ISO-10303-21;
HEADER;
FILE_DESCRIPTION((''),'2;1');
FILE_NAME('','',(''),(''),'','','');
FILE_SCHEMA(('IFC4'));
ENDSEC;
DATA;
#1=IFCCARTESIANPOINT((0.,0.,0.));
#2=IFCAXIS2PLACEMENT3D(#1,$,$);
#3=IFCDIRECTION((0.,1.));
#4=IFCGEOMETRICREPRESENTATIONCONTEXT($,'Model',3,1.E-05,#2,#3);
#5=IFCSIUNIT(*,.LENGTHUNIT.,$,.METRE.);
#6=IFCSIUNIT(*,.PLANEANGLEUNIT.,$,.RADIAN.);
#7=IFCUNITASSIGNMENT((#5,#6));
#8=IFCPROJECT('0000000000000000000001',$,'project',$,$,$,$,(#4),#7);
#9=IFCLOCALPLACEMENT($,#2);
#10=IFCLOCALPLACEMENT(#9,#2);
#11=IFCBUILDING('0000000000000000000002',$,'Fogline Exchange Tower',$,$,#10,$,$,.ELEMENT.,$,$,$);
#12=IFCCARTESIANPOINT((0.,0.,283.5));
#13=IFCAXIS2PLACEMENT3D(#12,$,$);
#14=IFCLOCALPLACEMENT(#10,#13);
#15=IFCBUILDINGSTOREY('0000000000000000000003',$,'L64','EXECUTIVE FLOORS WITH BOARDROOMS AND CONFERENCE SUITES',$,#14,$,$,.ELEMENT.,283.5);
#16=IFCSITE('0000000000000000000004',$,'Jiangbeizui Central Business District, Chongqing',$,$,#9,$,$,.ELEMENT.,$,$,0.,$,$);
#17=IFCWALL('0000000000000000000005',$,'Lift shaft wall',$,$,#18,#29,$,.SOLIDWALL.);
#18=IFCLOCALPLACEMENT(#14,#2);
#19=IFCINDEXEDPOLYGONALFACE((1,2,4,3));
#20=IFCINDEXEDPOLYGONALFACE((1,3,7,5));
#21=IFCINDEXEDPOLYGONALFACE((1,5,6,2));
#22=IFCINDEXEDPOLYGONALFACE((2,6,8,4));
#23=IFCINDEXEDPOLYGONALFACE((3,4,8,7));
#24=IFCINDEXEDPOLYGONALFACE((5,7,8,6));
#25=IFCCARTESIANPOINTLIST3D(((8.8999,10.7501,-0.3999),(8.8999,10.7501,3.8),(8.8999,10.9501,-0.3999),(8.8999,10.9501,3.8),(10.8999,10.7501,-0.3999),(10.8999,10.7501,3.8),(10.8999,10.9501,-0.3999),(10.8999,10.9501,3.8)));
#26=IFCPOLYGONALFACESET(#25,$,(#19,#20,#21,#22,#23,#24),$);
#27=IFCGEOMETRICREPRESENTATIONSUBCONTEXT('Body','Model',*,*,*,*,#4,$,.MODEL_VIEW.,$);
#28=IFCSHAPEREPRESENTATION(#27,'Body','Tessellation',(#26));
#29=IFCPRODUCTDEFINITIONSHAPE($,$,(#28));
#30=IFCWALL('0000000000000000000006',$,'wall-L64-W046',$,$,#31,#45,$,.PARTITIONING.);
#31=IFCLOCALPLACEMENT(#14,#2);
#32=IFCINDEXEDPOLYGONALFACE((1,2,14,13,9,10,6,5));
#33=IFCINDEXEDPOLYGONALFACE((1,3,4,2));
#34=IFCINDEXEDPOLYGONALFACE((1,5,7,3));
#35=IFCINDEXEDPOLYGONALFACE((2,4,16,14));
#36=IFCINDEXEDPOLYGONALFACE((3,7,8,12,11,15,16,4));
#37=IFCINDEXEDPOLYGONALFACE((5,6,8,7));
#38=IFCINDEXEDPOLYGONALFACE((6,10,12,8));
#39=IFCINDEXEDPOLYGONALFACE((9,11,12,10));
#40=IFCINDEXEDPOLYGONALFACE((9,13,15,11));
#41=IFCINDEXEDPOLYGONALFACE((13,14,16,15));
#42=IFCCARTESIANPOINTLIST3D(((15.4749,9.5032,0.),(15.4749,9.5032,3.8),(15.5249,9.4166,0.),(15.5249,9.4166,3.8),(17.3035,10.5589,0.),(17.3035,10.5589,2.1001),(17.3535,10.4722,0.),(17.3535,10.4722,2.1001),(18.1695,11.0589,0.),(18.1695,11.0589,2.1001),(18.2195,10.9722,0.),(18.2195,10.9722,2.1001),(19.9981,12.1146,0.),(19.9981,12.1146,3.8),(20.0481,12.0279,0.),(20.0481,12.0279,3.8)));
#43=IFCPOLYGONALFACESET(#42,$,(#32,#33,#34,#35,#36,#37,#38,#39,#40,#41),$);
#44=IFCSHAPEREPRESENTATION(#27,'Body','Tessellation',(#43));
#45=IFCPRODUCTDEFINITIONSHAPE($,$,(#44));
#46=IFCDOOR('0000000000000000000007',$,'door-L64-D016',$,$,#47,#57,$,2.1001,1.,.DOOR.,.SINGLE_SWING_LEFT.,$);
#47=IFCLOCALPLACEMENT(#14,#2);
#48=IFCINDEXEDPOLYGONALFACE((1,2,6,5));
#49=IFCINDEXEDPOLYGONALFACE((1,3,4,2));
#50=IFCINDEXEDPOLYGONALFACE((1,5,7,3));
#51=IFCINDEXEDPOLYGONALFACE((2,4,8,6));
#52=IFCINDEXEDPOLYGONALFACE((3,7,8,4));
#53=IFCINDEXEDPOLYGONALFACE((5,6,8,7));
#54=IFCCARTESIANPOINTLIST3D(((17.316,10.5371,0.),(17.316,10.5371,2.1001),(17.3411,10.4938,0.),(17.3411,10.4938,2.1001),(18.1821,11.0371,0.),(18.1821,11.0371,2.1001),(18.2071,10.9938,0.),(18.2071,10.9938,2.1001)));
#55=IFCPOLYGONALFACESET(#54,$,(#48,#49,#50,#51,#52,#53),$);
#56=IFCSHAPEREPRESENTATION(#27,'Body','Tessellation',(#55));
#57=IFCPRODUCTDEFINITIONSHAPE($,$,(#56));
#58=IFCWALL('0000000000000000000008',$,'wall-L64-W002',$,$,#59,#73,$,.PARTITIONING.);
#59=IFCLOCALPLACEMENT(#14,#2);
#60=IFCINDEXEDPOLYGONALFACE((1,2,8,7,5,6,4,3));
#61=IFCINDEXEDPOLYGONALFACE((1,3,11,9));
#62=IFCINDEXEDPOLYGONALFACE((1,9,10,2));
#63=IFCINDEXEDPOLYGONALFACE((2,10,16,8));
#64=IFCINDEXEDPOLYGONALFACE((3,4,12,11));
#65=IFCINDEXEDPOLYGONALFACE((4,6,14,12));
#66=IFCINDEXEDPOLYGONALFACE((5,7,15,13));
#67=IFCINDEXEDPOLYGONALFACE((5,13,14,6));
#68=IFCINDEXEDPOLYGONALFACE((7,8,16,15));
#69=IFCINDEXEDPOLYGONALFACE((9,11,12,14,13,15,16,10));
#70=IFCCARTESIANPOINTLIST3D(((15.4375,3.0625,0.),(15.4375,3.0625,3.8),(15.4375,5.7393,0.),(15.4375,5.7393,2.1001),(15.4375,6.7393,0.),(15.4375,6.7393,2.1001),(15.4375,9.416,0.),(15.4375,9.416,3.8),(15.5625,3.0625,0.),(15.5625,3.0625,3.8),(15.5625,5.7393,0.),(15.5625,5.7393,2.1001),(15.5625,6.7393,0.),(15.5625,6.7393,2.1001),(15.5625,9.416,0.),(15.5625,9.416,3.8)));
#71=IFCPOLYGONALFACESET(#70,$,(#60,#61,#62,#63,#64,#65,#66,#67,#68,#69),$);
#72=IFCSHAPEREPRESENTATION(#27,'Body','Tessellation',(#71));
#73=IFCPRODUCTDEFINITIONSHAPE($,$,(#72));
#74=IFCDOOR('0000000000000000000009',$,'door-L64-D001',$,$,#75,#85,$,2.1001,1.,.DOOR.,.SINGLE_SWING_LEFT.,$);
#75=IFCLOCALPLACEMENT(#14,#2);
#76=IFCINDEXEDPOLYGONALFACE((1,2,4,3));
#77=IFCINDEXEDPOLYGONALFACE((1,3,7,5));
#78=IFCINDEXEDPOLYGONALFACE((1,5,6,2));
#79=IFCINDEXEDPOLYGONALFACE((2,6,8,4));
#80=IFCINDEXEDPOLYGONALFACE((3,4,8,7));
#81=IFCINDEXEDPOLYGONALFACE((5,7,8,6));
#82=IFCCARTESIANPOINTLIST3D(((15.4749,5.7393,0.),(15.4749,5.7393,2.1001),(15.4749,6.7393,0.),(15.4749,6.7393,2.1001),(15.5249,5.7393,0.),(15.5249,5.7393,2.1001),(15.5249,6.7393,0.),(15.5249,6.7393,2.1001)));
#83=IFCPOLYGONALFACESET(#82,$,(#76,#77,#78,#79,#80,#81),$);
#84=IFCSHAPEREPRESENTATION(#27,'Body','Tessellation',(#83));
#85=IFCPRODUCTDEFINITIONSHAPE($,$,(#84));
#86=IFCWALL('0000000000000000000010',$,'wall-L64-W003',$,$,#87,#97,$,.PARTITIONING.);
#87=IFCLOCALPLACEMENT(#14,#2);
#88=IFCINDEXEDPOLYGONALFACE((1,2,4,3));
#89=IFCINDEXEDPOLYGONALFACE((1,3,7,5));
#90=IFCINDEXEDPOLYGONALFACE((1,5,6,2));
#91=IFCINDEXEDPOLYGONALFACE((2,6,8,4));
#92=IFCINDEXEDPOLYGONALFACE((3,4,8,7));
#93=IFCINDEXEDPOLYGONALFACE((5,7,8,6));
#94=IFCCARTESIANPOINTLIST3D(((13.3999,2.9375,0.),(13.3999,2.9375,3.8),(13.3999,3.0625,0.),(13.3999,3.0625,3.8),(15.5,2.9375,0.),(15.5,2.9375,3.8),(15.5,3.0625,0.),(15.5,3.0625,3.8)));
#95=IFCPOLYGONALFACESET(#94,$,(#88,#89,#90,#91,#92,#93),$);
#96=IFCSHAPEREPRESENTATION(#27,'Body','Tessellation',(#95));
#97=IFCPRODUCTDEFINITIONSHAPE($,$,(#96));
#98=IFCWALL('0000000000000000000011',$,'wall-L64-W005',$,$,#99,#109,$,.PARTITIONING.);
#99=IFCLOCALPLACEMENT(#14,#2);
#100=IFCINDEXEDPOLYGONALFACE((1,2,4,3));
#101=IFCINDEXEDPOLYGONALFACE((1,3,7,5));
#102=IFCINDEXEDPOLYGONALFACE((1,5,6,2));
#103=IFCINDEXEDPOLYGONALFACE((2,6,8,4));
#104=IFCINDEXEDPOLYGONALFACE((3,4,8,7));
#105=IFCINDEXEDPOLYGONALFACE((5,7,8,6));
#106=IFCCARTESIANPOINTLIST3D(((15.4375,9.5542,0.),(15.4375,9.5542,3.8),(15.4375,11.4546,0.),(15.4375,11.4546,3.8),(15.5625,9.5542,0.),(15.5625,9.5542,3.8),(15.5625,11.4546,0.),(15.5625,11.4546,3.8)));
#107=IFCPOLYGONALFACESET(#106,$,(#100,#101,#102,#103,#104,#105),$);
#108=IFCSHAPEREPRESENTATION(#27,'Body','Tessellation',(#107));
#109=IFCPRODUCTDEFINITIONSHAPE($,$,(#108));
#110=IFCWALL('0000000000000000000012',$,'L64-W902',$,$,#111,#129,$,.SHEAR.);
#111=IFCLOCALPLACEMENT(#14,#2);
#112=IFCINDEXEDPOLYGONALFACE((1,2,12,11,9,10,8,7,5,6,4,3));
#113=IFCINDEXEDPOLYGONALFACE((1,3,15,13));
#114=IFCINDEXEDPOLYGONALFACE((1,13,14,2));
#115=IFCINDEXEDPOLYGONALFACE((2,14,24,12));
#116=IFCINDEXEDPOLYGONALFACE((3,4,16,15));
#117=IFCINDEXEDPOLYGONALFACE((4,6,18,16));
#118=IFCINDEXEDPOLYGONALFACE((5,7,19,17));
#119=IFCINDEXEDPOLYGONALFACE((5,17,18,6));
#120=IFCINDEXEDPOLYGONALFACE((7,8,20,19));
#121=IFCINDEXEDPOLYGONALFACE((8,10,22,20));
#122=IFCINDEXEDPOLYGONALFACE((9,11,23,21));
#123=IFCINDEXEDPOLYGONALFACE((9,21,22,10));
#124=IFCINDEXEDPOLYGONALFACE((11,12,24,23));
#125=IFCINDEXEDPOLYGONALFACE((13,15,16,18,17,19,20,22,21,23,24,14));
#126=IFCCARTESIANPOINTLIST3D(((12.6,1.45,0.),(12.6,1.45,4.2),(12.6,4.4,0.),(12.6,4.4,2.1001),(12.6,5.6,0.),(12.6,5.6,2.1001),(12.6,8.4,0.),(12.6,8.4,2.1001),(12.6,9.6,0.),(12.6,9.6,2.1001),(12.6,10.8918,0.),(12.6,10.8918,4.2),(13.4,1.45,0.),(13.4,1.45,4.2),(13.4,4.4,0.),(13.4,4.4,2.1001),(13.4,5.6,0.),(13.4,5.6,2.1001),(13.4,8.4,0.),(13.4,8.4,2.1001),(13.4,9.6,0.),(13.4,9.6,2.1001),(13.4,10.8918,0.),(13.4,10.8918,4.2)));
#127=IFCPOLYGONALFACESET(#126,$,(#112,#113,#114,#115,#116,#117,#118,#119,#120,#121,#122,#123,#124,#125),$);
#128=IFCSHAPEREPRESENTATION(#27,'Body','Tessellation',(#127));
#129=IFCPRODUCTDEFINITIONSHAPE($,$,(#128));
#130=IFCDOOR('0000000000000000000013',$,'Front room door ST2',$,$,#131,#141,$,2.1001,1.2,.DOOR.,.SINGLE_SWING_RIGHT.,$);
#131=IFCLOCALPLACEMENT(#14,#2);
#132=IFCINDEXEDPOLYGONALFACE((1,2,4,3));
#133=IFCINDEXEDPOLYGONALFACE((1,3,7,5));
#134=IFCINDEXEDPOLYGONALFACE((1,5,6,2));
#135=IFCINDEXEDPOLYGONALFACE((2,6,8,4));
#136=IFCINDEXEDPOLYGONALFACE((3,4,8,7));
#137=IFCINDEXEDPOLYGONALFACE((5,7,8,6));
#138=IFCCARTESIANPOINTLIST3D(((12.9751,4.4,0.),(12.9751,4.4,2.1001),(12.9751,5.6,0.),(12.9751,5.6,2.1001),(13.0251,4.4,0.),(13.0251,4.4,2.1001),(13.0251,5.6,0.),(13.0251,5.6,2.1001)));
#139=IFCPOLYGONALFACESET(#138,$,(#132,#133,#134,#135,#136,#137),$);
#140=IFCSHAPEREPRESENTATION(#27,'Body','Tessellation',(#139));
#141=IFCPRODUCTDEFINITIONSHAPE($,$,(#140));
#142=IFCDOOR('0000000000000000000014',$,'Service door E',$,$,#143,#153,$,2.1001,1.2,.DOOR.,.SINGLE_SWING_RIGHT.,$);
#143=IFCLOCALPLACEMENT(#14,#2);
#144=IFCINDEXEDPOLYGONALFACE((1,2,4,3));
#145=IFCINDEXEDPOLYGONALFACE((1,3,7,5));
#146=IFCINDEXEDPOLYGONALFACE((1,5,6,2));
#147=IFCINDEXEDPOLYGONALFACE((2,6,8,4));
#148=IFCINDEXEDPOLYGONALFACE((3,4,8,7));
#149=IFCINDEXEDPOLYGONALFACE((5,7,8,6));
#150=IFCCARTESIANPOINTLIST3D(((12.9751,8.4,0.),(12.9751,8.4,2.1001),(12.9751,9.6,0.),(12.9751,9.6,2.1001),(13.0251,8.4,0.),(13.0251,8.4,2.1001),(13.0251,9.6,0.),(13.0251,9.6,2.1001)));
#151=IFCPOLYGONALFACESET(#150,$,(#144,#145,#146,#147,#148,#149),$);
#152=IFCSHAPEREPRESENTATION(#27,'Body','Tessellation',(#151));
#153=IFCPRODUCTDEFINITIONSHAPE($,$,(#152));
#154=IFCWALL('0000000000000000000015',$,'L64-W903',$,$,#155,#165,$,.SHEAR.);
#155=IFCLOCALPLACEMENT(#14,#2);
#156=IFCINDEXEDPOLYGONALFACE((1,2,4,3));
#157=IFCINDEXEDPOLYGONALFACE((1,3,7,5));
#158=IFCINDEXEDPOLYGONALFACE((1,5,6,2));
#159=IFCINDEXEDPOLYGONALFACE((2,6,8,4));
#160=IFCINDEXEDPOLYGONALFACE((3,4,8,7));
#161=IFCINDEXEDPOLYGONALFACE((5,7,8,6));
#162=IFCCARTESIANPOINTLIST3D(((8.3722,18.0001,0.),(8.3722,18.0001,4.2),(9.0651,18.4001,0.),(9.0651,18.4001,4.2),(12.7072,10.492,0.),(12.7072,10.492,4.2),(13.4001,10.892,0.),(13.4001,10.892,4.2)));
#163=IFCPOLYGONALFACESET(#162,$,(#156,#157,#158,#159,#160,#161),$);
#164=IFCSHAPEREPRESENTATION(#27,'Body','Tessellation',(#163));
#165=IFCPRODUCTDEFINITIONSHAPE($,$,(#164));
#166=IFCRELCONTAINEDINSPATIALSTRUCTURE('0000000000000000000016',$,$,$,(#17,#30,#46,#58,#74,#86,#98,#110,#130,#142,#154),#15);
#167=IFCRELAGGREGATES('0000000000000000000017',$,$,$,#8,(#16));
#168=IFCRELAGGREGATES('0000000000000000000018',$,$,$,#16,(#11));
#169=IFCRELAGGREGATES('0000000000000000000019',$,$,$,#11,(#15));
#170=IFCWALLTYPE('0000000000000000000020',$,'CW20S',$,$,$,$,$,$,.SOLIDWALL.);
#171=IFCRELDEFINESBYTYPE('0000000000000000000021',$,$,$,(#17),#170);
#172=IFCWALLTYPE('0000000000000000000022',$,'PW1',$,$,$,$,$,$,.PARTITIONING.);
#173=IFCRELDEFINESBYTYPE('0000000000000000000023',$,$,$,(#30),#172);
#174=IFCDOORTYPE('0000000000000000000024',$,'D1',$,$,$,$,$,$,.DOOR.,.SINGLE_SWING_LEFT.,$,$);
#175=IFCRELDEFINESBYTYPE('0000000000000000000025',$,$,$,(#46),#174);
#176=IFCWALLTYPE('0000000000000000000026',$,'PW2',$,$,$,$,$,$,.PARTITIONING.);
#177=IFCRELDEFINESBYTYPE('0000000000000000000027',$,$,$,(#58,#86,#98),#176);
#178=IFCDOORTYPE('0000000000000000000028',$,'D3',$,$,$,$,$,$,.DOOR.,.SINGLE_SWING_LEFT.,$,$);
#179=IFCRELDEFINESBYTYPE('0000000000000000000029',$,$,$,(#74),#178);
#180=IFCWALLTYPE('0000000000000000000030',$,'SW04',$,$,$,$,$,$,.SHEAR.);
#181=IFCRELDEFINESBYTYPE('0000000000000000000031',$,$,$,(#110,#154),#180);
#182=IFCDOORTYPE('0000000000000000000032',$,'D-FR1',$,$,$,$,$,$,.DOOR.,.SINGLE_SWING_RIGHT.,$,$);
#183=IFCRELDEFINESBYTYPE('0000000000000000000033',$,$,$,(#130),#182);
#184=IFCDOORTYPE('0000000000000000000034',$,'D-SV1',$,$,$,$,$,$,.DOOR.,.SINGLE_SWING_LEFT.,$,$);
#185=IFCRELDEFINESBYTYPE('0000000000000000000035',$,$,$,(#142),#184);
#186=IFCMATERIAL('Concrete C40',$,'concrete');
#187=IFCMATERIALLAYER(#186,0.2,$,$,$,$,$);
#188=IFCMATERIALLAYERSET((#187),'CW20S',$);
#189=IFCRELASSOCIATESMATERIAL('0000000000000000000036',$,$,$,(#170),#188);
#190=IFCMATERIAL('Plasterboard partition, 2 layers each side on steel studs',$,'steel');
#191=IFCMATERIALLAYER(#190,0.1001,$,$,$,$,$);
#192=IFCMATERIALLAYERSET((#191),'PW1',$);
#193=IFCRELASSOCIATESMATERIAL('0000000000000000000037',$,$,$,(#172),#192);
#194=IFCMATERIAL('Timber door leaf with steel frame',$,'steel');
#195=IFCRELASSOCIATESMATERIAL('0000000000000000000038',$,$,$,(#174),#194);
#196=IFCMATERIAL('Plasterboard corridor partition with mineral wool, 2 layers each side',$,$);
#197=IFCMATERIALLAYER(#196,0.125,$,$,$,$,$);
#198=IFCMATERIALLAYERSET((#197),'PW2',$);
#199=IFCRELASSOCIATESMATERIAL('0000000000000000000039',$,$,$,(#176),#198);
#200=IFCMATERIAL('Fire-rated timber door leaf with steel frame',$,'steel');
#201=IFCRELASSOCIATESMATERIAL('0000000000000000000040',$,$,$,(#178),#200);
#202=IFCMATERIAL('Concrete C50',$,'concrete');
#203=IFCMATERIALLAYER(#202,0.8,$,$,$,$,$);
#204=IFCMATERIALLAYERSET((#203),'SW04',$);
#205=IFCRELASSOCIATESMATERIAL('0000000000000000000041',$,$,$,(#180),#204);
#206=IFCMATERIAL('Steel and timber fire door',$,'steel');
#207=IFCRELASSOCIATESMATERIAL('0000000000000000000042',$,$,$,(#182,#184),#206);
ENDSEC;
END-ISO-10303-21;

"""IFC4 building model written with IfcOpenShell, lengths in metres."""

from ifc_helpers import new_model, si_unit, direction, frame, frame_2d, origin, place, context, subcontext, project, spatial, rectangle, extrude, material, layer, layer_set, type_object, element, fill, save


model = new_model("IFC4")

# Units and contexts
model_context = context("Model", 3, precision=1e-05, world=origin(), true_north=direction((0.0, 1.0)))
body_context = subcontext(model_context, "Body", "Model", "MODEL_VIEW")
ifc_project = project(units=[si_unit("LENGTHUNIT", "METRE"), si_unit("PLANEANGLEUNIT", "RADIAN")], contexts=[model_context])

# Site, building, storey
site_placement = place(None, origin())
site = spatial("IfcSite", under=ifc_project, at=site_placement, Name="Jiangbeizui Central Business District, Chongqing", CompositionType="ELEMENT", RefElevation=0.0)
building_placement = place(site_placement, origin())
building = spatial("IfcBuilding", under=site, at=building_placement, Name="Fogline Exchange Tower", CompositionType="ELEMENT")
storey_placement = place(building_placement, frame((0.0, 0.0, 283.5)))
storey = spatial("IfcBuildingStorey", under=building, at=storey_placement, Name="L64", Description="EXECUTIVE FLOORS WITH BOARDROOMS AND CONFERENCE SUITES", CompositionType="ELEMENT", Elevation=283.5)

# Shared definitions
ifc_material_1 = material(Name="Concrete C40", Category="concrete")

# Shared definitions
ifc_material_2 = material(Name="Steel and timber fire door", Category="steel")

# Shared definitions
ifc_layer_1 = layer(ifc_material_1, 0.2)
ifc_layer_set_1 = layer_set([ifc_layer_1], Name="CW20S")
wall_type_1 = type_object("IfcWallType", Name="CW20S", PredefinedType="SOLIDWALL", material=ifc_layer_set_1)

# Wall
for number, where, z_axis, x_axis, name in (
    (1, (8.8999, 10.8501, -0.3999), (0.0, 0.0, 1.0), (1.0, 0.0, 0.0), "Lift shaft wall"),
):
    element("IfcWall", number, at=place(storey_placement, frame(where, z_axis=z_axis, x_axis=x_axis)), inside=storey, type_object=wall_type_1, Name=name, PredefinedType="SOLIDWALL", context=body_context, shape_type="SweptSolid", body=[
        extrude(rectangle(XDim=2.0, YDim=0.2, at=frame_2d((1.0, 0.0))), origin(), (0.0, 0.0, 1.0), 4.2),
    ])

# Walls, openings, doors
ifc_material_3 = material(Name="Plasterboard partition, 2 layers each side on steel studs", Category="steel")
ifc_layer_2 = layer(ifc_material_3, 0.1001)
ifc_layer_set_2 = layer_set([ifc_layer_2], Name="PW1")
wall_type_2 = type_object("IfcWallType", Name="PW1", PredefinedType="PARTITIONING", material=ifc_layer_set_2)
wall_1_placement = place(storey_placement, frame((15.5, 9.46, 0.0), z_axis=(0.0, 0.0, 1.0), x_axis=(0.866037, 0.49998, 0.0)))
wall_1 = element("IfcWall", 2, at=wall_1_placement, inside=storey, type_object=wall_type_2, Name="wall-L64-W046", PredefinedType="PARTITIONING", context=body_context, shape_type="SweptSolid", body=[
    extrude(rectangle(XDim=5.2229, YDim=0.1001, at=frame_2d((2.6113, 0.0))), origin(), (0.0, 0.0, 1.0), 3.8),
])
opening_1_placement = place(wall_1_placement, frame((2.1113, 0.0, 0.0)))
opening_1 = element("IfcOpeningElement", 3, at=opening_1_placement, cuts=wall_1, PredefinedType="OPENING", context=body_context, shape_type="SweptSolid", body=[
    extrude(rectangle(XDim=1.0, YDim=2.1001, at=frame_2d((0.5, 1.05))), frame((0.0, 0.0601, 0.0), z_axis=(0.0, -1.0, 0.0), x_axis=(1.0, 0.0, 0.0)), (0.0, 0.0, 1.0), 0.1201),
])
ifc_material_4 = material(Name="Timber door leaf with steel frame", Category="steel")
door_type_1 = type_object("IfcDoorType", Name="D1", OperationType="SINGLE_SWING_LEFT", PredefinedType="DOOR", material=ifc_material_4)
door_1_placement = place(opening_1_placement, origin())
door_1 = element("IfcDoor", 4, at=door_1_placement, inside=storey, type_object=door_type_1, Name="door-L64-D016", OperationType="SINGLE_SWING_LEFT", OverallHeight=2.1001, OverallWidth=1.0, PredefinedType="DOOR", context=body_context, shape_type="SweptSolid", body=[
    extrude(rectangle(XDim=1.0, YDim=2.1001, at=frame_2d((0.5, 1.05))), frame((0.0, 0.0249, 0.0), z_axis=(0.0, -1.0, 0.0), x_axis=(1.0, 0.0, 0.0)), (0.0, 0.0, 1.0), 0.05),
])
fill(opening_1, door_1)
ifc_material_5 = material(Name="Plasterboard corridor partition with mineral wool, 2 layers each side")
ifc_layer_3 = layer(ifc_material_5, 0.125)
ifc_layer_set_3 = layer_set([ifc_layer_3], Name="PW2")
wall_type_3 = type_object("IfcWallType", Name="PW2", PredefinedType="PARTITIONING", material=ifc_layer_set_3)
wall_2_placement = place(storey_placement, frame((15.5, 9.416, 0.0), z_axis=(0.0, 0.0, 1.0), x_axis=(0.0, -1.0, 0.0)))
wall_2 = element("IfcWall", 5, at=wall_2_placement, inside=storey, type_object=wall_type_3, Name="wall-L64-W002", PredefinedType="PARTITIONING", context=body_context, shape_type="SweptSolid", body=[
    extrude(rectangle(XDim=6.3535, YDim=0.125, at=frame_2d((3.1768, 0.0))), origin(), (0.0, 0.0, 1.0), 3.8),
])
opening_2_placement = place(wall_2_placement, frame((2.6768, 0.0, 0.0)))
opening_2 = element("IfcOpeningElement", 6, at=opening_2_placement, cuts=wall_2, PredefinedType="OPENING", context=body_context, shape_type="SweptSolid", body=[
    extrude(rectangle(XDim=1.0, YDim=2.1001, at=frame_2d((0.5, 1.05))), frame((0.0, 0.0725, 0.0), z_axis=(0.0, -1.0, 0.0), x_axis=(1.0, 0.0, 0.0)), (0.0, 0.0, 1.0), 0.145),
])
ifc_material_6 = material(Name="Fire-rated timber door leaf with steel frame", Category="steel")
door_type_2 = type_object("IfcDoorType", Name="D3", OperationType="SINGLE_SWING_LEFT", PredefinedType="DOOR", material=ifc_material_6)
door_2_placement = place(opening_2_placement, origin())
door_2 = element("IfcDoor", 7, at=door_2_placement, inside=storey, type_object=door_type_2, Name="door-L64-D001", OperationType="SINGLE_SWING_LEFT", OverallHeight=2.1001, OverallWidth=1.0, PredefinedType="DOOR", context=body_context, shape_type="SweptSolid", body=[
    extrude(rectangle(XDim=1.0, YDim=2.1001, at=frame_2d((0.5, 1.05))), frame((0.0, 0.0249, 0.0), z_axis=(0.0, -1.0, 0.0), x_axis=(1.0, 0.0, 0.0)), (0.0, 0.0, 1.0), 0.05),
])
fill(opening_2, door_2)

# Walls
wall_3_placement = place(storey_placement, frame((15.5, 3.0, 0.0), z_axis=(0.0, 0.0, 1.0), x_axis=(-1.0, 0.0, 0.0)))
element("IfcWall", 8, at=wall_3_placement, inside=storey, type_object=wall_type_3, Name="wall-L64-W003", PredefinedType="PARTITIONING", context=body_context, shape_type="SweptSolid", body=[
    extrude(rectangle(XDim=2.1001, YDim=0.125, at=frame_2d((1.05, 0.0))), origin(), (0.0, 0.0, 1.0), 3.8),
])
wall_4_placement = place(storey_placement, frame((15.5, 11.4546, 0.0), z_axis=(0.0, 0.0, 1.0), x_axis=(0.0, -1.0, 0.0)))
element("IfcWall", 9, at=wall_4_placement, inside=storey, type_object=wall_type_3, Name="wall-L64-W005", PredefinedType="PARTITIONING", context=body_context, shape_type="SweptSolid", body=[
    extrude(rectangle(XDim=1.9004, YDim=0.125, at=frame_2d((0.9502, 0.0))), origin(), (0.0, 0.0, 1.0), 3.8),
])

# Wall, openings, doors
ifc_material_7 = material(Name="Concrete C50", Category="concrete")
ifc_layer_4 = layer(ifc_material_7, 0.8)
ifc_layer_set_4 = layer_set([ifc_layer_4], Name="SW04")
wall_type_4 = type_object("IfcWallType", Name="SW04", PredefinedType="SHEAR", material=ifc_layer_set_4)
wall_5_placement = place(storey_placement, frame((13.0, 1.45, 0.0), z_axis=(0.0, 0.0, 1.0), x_axis=(0.0, 1.0, 0.0)))
wall_5 = element("IfcWall", 10, at=wall_5_placement, inside=storey, type_object=wall_type_4, Name="L64-W902", PredefinedType="SHEAR", context=body_context, shape_type="SweptSolid", body=[
    extrude(rectangle(XDim=9.4419, YDim=0.8, at=frame_2d((4.7209, 0.0))), origin(), (0.0, 0.0, 1.0), 4.2),
])
opening_3_placement = place(wall_5_placement, frame((2.95, 0.0, 0.0)))
opening_3 = element("IfcOpeningElement", 11, at=opening_3_placement, cuts=wall_5, PredefinedType="OPENING", context=body_context, shape_type="SweptSolid", body=[
    extrude(rectangle(XDim=1.2, YDim=2.1001, at=frame_2d((0.6001, 1.05))), frame((0.0, 0.4102, 0.0), z_axis=(0.0, -1.0, 0.0), x_axis=(1.0, 0.0, 0.0)), (0.0, 0.0, 1.0), 0.8201),
])
opening_4_placement = place(wall_5_placement, frame((6.95, 0.0, 0.0)))
opening_4 = element("IfcOpeningElement", 12, at=opening_4_placement, cuts=wall_5, PredefinedType="OPENING", context=body_context, shape_type="SweptSolid", body=[
    extrude(rectangle(XDim=1.2, YDim=2.1001, at=frame_2d((0.6001, 1.05))), frame((0.0, 0.4102, 0.0), z_axis=(0.0, -1.0, 0.0), x_axis=(1.0, 0.0, 0.0)), (0.0, 0.0, 1.0), 0.8201),
])
door_type_3 = type_object("IfcDoorType", Name="D-FR1", OperationType="SINGLE_SWING_RIGHT", PredefinedType="DOOR", material=ifc_material_2)
door_3_placement = place(opening_3_placement, origin())
door_3 = element("IfcDoor", 13, at=door_3_placement, inside=storey, type_object=door_type_3, Name="Front room door ST2", OperationType="SINGLE_SWING_RIGHT", OverallHeight=2.1001, OverallWidth=1.2, PredefinedType="DOOR", context=body_context, shape_type="SweptSolid", body=[
    extrude(rectangle(XDim=1.2, YDim=2.1001, at=frame_2d((0.6001, 1.05))), frame((0.0, 0.0249, 0.0), z_axis=(0.0, -1.0, 0.0), x_axis=(1.0, 0.0, 0.0)), (0.0, 0.0, 1.0), 0.05),
])
fill(opening_3, door_3)
door_type_4 = type_object("IfcDoorType", Name="D-SV1", OperationType="SINGLE_SWING_LEFT", PredefinedType="DOOR", material=ifc_material_2)
door_4_placement = place(opening_4_placement, origin())
door_4 = element("IfcDoor", 14, at=door_4_placement, inside=storey, type_object=door_type_4, Name="Service door E", OperationType="SINGLE_SWING_RIGHT", OverallHeight=2.1001, OverallWidth=1.2, PredefinedType="DOOR", context=body_context, shape_type="SweptSolid", body=[
    extrude(rectangle(XDim=1.2, YDim=2.1001, at=frame_2d((0.6001, 1.05))), frame((0.0, 0.0249, 0.0), z_axis=(0.0, -1.0, 0.0), x_axis=(1.0, 0.0, 0.0)), (0.0, 0.0, 1.0), 0.05),
])
fill(opening_4, door_4)

# Wall
wall_6_placement = place(storey_placement, frame((13.0537, 10.6919, 0.0), z_axis=(0.0, 0.0, 1.0), x_axis=(-0.500016, 0.866016, 0.0)))
element("IfcWall", 15, at=wall_6_placement, inside=storey, type_object=wall_type_4, Name="L64-W903", PredefinedType="SHEAR", context=body_context, shape_type="SweptSolid", body=[
    extrude(rectangle(XDim=8.6697, YDim=0.8, at=frame_2d((4.335, 0.0))), origin(), (0.0, 0.0, 1.0), 4.2),
])

save(model, "model.ifc")
